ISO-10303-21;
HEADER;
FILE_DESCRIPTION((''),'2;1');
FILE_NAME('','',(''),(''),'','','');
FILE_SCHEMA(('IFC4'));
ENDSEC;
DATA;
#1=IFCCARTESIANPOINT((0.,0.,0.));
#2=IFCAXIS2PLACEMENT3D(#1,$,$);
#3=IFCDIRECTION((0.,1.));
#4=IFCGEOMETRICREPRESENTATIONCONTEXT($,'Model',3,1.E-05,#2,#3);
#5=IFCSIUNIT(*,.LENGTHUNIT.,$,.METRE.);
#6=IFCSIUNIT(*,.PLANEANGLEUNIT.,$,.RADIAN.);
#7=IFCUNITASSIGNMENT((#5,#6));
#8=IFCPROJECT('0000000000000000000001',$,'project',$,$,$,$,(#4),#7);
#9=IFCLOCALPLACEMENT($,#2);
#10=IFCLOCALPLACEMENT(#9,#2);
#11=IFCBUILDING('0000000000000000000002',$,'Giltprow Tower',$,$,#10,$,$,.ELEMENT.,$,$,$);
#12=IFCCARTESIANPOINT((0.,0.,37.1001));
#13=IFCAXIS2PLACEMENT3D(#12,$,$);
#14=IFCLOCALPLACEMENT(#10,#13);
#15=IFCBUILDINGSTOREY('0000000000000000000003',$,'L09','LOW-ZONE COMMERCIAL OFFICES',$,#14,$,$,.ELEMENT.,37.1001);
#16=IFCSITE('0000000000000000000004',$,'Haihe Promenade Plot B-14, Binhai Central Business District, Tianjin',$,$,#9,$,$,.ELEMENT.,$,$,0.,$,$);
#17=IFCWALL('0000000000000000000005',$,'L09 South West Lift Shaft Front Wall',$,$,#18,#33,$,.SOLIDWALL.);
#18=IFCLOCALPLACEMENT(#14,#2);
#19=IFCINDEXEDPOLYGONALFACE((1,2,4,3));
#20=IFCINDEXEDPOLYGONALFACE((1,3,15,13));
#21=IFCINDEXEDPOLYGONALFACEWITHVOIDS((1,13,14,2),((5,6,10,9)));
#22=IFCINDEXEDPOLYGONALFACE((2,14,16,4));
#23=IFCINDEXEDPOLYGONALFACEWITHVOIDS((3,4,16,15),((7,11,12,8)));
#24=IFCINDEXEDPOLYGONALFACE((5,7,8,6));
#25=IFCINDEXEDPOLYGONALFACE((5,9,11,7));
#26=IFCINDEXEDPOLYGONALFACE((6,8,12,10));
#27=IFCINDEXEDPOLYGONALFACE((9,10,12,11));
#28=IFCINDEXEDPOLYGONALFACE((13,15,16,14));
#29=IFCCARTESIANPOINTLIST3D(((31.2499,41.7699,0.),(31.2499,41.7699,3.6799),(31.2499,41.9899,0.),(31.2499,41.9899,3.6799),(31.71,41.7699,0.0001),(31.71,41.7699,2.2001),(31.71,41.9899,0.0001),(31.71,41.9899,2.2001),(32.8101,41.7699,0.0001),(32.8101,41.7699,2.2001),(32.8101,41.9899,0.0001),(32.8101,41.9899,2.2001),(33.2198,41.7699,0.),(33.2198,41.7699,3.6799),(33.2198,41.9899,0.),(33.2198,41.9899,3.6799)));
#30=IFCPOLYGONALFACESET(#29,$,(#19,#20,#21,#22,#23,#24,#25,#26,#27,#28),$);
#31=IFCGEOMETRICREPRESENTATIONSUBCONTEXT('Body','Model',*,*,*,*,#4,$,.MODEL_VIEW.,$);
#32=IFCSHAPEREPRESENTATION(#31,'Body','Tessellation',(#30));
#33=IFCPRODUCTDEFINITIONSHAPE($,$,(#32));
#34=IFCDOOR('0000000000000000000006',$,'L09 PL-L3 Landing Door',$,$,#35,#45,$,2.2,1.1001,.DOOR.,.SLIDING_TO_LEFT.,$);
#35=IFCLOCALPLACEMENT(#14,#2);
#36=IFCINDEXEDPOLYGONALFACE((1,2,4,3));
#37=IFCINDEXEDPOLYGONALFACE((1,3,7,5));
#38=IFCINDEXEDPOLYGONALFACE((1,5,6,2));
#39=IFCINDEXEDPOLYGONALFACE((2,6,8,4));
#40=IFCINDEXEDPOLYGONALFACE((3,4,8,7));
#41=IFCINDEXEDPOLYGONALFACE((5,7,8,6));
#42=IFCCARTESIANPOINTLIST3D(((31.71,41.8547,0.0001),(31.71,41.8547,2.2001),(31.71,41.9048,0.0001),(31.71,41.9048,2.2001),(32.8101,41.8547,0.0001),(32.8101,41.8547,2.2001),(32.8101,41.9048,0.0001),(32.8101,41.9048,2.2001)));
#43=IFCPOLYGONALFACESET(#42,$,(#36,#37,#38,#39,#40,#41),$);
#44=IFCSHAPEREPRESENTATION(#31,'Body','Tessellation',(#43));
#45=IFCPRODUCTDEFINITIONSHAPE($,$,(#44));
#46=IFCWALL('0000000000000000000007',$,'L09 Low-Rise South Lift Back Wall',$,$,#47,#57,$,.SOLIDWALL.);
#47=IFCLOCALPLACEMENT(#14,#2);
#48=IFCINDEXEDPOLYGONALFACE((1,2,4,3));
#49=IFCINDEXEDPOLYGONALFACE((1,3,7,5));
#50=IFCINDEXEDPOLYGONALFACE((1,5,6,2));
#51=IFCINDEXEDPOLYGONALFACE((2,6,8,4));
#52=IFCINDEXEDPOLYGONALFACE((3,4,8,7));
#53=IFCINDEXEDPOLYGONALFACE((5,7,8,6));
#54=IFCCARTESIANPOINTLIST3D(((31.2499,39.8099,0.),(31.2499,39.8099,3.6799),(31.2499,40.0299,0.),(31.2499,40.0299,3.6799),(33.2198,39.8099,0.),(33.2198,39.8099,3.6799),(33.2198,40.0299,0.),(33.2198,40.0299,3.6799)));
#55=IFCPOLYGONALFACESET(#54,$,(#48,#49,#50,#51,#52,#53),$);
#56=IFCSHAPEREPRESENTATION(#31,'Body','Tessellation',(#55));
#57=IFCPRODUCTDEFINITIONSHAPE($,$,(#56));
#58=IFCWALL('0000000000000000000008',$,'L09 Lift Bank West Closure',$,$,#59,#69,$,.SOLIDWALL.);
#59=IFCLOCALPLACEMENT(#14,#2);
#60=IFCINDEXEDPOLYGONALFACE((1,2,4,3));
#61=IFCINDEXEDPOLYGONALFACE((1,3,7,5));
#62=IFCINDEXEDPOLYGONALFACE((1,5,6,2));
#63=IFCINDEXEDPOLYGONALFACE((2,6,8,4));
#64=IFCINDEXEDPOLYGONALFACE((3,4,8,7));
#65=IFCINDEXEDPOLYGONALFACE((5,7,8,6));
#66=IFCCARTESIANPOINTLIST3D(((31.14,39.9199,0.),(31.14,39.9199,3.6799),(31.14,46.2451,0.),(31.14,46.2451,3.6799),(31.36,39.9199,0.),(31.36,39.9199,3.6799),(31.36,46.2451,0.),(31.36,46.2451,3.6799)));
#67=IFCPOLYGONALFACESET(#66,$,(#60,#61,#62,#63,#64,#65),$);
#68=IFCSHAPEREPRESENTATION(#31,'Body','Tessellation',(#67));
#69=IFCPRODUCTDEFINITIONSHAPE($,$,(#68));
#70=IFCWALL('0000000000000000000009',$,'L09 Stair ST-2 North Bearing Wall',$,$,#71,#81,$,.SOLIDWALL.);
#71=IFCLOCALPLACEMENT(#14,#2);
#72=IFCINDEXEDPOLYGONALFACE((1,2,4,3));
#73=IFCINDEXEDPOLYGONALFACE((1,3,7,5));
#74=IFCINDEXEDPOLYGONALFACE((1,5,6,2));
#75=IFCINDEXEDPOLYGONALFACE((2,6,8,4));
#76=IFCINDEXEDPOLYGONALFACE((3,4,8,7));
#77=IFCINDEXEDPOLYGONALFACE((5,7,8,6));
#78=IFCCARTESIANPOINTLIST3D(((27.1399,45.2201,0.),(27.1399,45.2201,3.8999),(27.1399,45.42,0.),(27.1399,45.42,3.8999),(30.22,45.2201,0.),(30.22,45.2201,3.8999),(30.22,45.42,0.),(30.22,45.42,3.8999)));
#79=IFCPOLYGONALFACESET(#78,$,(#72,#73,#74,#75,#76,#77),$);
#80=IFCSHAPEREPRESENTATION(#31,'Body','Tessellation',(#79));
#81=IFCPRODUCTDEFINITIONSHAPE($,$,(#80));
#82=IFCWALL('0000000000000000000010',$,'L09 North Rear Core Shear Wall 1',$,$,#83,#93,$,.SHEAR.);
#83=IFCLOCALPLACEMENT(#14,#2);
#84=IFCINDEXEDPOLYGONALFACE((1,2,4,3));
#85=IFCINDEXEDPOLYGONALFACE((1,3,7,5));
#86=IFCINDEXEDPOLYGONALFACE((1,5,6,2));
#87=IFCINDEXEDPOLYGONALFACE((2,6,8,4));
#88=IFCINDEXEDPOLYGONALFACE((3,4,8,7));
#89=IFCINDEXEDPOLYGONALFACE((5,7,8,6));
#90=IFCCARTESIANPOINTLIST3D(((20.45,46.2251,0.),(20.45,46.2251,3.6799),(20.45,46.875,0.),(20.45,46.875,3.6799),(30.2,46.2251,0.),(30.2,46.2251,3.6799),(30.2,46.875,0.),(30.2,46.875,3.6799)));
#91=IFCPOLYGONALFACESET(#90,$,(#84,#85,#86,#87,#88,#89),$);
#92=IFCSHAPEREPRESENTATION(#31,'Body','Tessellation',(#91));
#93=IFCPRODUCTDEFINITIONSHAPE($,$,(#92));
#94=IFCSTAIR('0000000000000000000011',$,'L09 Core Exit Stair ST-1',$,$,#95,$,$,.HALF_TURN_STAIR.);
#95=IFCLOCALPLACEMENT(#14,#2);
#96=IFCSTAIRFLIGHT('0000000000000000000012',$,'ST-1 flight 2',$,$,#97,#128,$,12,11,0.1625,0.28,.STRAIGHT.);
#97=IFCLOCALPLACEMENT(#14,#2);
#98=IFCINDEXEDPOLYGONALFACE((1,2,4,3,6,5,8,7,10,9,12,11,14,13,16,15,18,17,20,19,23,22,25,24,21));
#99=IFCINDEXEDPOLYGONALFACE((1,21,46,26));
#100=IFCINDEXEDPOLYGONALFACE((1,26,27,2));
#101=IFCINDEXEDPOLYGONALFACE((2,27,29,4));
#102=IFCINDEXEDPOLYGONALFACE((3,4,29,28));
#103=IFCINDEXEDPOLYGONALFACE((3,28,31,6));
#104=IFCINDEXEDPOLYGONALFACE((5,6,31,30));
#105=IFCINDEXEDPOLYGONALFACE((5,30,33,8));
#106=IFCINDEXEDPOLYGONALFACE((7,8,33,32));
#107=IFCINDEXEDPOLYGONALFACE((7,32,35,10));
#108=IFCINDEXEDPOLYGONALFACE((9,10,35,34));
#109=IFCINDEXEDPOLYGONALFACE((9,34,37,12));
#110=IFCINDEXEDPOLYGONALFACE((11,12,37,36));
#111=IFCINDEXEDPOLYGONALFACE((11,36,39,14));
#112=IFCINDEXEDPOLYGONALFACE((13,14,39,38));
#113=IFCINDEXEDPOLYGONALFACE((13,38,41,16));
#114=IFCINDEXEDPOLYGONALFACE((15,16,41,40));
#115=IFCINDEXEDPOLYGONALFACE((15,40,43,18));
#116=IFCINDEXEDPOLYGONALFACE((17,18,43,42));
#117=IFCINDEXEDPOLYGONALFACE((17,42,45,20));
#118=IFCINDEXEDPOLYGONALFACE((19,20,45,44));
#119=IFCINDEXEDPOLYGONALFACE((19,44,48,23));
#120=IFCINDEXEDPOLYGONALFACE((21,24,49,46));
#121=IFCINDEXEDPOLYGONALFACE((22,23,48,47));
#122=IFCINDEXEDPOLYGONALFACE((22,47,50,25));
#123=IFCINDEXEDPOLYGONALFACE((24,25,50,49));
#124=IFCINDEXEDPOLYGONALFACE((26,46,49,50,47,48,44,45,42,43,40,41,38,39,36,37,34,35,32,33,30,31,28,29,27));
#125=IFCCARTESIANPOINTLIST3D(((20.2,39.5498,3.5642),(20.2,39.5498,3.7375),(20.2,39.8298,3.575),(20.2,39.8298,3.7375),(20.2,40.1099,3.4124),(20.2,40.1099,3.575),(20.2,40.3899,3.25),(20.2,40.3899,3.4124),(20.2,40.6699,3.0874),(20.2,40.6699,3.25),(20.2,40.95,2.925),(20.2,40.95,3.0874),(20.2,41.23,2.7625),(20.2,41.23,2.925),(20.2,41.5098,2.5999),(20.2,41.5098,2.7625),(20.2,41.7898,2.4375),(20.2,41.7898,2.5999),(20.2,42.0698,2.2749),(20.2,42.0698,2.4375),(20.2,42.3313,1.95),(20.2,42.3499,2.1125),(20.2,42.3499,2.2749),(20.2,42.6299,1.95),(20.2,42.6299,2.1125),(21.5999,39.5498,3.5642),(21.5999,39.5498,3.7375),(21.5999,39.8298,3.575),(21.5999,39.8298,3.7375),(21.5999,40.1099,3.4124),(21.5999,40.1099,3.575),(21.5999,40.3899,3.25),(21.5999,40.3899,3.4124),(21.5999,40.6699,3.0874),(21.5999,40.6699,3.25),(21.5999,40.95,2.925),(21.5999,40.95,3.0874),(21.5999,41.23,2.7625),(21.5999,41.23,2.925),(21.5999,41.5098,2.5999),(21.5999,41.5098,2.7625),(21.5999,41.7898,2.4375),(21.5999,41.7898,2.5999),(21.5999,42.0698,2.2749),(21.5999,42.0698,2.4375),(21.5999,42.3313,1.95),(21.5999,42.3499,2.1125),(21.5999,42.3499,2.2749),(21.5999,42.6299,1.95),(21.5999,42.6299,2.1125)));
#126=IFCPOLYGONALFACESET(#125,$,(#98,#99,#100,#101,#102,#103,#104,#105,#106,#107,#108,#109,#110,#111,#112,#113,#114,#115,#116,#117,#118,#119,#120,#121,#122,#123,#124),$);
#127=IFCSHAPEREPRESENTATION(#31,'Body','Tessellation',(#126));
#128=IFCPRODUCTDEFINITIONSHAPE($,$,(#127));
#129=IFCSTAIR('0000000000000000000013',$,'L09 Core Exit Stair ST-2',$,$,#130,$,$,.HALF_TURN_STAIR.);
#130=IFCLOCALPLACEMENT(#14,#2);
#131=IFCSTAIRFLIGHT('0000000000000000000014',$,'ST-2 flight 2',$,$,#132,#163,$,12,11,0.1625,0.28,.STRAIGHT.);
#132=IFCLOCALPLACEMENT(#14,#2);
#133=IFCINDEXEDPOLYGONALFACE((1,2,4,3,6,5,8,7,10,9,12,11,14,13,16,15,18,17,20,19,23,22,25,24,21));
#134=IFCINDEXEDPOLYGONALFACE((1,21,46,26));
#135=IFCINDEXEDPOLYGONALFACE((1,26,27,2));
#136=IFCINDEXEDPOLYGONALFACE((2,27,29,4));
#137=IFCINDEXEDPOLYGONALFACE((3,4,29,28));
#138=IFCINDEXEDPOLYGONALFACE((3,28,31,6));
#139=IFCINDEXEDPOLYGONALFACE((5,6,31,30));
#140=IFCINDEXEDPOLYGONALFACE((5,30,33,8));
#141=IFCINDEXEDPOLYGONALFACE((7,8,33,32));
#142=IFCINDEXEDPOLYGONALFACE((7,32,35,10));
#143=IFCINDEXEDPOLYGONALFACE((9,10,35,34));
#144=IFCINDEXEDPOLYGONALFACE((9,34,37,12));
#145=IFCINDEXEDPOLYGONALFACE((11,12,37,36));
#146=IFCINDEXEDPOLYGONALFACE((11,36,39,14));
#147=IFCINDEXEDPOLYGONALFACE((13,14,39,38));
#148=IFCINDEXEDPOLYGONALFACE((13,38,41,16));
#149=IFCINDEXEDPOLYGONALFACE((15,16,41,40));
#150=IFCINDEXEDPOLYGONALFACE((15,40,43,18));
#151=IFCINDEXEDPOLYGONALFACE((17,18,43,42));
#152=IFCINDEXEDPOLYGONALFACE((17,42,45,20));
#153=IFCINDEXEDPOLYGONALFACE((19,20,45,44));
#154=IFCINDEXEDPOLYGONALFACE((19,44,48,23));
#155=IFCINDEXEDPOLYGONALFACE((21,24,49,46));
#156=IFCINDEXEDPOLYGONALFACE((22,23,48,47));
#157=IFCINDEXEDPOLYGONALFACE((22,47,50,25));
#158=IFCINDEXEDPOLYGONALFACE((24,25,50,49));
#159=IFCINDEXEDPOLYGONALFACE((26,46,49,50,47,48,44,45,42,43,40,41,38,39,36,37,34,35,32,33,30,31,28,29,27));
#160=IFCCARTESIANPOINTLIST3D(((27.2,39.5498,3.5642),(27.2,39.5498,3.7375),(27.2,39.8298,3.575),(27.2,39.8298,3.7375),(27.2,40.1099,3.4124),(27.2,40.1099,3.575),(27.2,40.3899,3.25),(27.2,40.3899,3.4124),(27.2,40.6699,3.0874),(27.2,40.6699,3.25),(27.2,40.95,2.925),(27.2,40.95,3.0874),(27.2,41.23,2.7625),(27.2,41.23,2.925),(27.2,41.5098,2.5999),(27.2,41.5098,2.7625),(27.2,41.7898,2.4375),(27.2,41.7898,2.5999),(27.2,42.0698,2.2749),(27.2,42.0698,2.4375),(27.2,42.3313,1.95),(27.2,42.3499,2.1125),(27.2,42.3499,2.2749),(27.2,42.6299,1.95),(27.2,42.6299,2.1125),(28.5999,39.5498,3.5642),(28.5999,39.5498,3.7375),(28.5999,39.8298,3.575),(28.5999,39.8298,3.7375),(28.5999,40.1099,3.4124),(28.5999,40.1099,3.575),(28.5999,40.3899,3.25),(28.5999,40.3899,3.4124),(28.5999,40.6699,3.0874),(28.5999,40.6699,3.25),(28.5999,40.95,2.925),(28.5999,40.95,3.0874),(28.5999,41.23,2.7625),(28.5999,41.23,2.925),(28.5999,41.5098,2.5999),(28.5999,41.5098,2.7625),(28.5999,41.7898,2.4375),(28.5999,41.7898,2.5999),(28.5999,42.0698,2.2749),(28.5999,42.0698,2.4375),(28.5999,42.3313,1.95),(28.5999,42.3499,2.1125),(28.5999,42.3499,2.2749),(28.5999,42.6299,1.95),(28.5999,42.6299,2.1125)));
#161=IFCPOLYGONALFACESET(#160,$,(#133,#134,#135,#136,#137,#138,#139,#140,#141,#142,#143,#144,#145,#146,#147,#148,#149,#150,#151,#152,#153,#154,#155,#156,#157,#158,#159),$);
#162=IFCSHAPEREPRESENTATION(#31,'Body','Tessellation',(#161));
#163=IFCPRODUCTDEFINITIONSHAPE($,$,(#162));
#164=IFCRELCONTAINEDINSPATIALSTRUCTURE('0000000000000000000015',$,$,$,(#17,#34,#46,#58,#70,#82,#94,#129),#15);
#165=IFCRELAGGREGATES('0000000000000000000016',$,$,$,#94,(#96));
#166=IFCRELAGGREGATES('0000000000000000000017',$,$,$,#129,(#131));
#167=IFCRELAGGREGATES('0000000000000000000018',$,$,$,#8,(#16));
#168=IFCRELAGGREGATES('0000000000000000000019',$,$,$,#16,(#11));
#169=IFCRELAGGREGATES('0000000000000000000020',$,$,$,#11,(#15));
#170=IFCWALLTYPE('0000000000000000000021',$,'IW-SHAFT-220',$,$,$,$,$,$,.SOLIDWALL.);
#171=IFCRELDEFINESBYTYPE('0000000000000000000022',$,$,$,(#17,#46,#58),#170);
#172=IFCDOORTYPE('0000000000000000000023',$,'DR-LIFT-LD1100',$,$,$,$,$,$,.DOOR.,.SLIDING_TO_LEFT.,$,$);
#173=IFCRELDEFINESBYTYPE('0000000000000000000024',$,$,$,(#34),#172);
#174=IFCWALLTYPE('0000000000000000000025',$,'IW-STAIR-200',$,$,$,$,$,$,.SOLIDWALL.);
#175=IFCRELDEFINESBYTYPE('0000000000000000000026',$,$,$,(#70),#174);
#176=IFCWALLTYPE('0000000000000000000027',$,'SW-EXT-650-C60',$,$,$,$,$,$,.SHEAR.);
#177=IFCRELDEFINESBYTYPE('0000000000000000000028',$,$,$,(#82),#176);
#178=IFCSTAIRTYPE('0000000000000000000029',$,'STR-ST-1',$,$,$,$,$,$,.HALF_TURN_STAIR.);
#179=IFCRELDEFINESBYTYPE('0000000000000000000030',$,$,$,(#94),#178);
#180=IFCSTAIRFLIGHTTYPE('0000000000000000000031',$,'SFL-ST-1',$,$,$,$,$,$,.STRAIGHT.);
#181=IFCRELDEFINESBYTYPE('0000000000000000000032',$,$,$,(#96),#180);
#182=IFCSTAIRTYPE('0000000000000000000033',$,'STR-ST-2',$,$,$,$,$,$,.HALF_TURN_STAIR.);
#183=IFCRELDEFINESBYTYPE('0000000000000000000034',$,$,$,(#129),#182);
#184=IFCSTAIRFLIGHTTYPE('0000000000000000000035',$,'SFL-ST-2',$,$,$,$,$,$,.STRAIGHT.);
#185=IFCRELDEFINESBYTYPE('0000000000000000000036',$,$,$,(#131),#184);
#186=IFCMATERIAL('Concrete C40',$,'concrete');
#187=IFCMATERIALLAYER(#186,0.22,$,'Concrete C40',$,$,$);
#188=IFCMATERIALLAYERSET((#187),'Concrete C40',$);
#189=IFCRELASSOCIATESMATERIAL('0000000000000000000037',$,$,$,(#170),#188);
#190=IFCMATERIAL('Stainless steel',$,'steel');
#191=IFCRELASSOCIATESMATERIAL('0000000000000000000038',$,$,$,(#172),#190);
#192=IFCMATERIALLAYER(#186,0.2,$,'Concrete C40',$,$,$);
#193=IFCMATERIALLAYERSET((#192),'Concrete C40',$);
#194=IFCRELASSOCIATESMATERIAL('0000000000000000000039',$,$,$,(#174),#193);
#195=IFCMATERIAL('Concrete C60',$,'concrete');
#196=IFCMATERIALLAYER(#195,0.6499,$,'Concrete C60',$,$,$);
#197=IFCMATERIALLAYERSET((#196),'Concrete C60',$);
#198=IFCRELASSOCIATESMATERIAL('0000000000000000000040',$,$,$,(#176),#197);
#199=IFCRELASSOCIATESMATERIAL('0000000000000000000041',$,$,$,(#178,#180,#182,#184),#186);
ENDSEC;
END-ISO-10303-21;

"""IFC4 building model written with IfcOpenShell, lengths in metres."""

from ifc_helpers import new_model, si_unit, direction, frame, frame_2d, origin, place, context, subcontext, project, spatial, polyline, rectangle, outline, extrude, source, transform, mapped, material, layer, layer_set, type_object, element, fill, aggregate, save


model = new_model("IFC4")

# Units and contexts
model_context = context("Model", 3, precision=1e-05, world=origin(), true_north=direction((0.0, 1.0)))
body_context = subcontext(model_context, "Body", "Model", "MODEL_VIEW")
ifc_project = project(units=[si_unit("LENGTHUNIT", "METRE"), si_unit("PLANEANGLEUNIT", "RADIAN")], contexts=[model_context])

# Site, building, storey
site_placement = place(None, origin())
site = spatial("IfcSite", under=ifc_project, at=site_placement, Name="Haihe Promenade Plot B-14, Binhai Central Business District, Tianjin", CompositionType="ELEMENT", RefElevation=0.0)
building_placement = place(site_placement, origin())
building = spatial("IfcBuilding", under=site, at=building_placement, Name="Giltprow Tower", CompositionType="ELEMENT")
storey_placement = place(building_placement, frame((0.0, 0.0, 37.1001)))
storey = spatial("IfcBuildingStorey", under=building, at=storey_placement, Name="L09", Description="LOW-ZONE COMMERCIAL OFFICES", CompositionType="ELEMENT", Elevation=37.1001)

# Shared definitions
ifc_material_1 = material(Name="Concrete C60", Category="concrete")

# Shared definitions
ifc_material_2 = material(Name="Concrete C40", Category="concrete")
ifc_layer_1 = layer(ifc_material_2, 0.22, Name="Concrete C40")
ifc_layer_set_1 = layer_set([ifc_layer_1], Name="Concrete C40")
wall_type_1 = type_object("IfcWallType", Name="IW-SHAFT-220", PredefinedType="SOLIDWALL", material=ifc_layer_set_1)
ifc_material_3 = material(Name="Stainless steel", Category="steel")
door_type = type_object("IfcDoorType", Name="DR-LIFT-LD1100", OperationType="SLIDING_TO_LEFT", PredefinedType="DOOR", material=ifc_material_3)
shared_shape_1 = source(origin(), body_context, "Body", "SweptSolid", [
    extrude(rectangle(XDim=1.1001, YDim=2.2, at=frame_2d((0.55, 1.1001))), frame((0.0, 0.0249, 0.0), z_axis=(0.0, -1.0, 0.0), x_axis=(1.0, 0.0, 0.0)), (0.0, 0.0, 1.0), 0.05),
])

# Wall, opening, door
wall_1_placement = place(storey_placement, frame((31.25, 41.8799, 0.0), z_axis=(0.0, 0.0, 1.0), x_axis=(1.0, 0.0, 0.0)))
wall_1 = element("IfcWall", 1, at=wall_1_placement, inside=storey, type_object=wall_type_1, Name="L09 South West Lift Shaft Front Wall", PredefinedType="SOLIDWALL", context=body_context, shape_type="SweptSolid", body=[
    extrude(rectangle(XDim=1.97, YDim=0.22, at=frame_2d((0.9849, 0.0))), origin(), (0.0, 0.0, 1.0), 3.6799),
])
opening_1_placement = place(wall_1_placement, frame((0.46, 0.0, 0.0)))
opening_1 = element("IfcOpeningElement", 2, at=opening_1_placement, cuts=wall_1, PredefinedType="OPENING", context=body_context, shape_type="SweptSolid", body=[
    extrude(rectangle(XDim=1.1001, YDim=2.2, at=frame_2d((0.55, 1.1001))), frame((0.0, 0.1199, 0.0), z_axis=(0.0, -1.0, 0.0), x_axis=(1.0, 0.0, 0.0)), (0.0, 0.0, 1.0), 0.24),
])
door_1_placement = place(opening_1_placement, origin())
door_1 = element("IfcDoor", 3, at=door_1_placement, inside=storey, type_object=door_type, Name="L09 PL-L3 Landing Door", OperationType="SLIDING_TO_LEFT", OverallHeight=2.2, OverallWidth=1.1001, PredefinedType="DOOR", context=body_context, shape_type="MappedRepresentation", body=[
    mapped(shared_shape_1, transform((0.0, 0.0, 0.0), x_axis=(1.0, 0.0, 0.0), y_axis=(0.0, 1.0, 0.0), z_axis=(0.0, 0.0, 1.0), scale=1.0)),
])
fill(opening_1, door_1)

# Walls
wall_2_placement = place(storey_placement, frame((31.25, 39.9199, 0.0), z_axis=(0.0, 0.0, 1.0), x_axis=(1.0, 0.0, 0.0)))
element("IfcWall", 4, at=wall_2_placement, inside=storey, type_object=wall_type_1, Name="L09 Low-Rise South Lift Back Wall", PredefinedType="SOLIDWALL", context=body_context, shape_type="SweptSolid", body=[
    extrude(rectangle(XDim=1.97, YDim=0.22, at=frame_2d((0.9849, 0.0))), origin(), (0.0, 0.0, 1.0), 3.6799),
])
wall_3_placement = place(storey_placement, frame((31.25, 39.9199, 0.0), z_axis=(0.0, 0.0, 1.0), x_axis=(0.0, 1.0, 0.0)))
element("IfcWall", 5, at=wall_3_placement, inside=storey, type_object=wall_type_1, Name="L09 Lift Bank West Closure", PredefinedType="SOLIDWALL", context=body_context, shape_type="SweptSolid", body=[
    extrude(rectangle(XDim=6.3252, YDim=0.22, at=frame_2d((3.1626, 0.0))), origin(), (0.0, 0.0, 1.0), 3.6799),
])
ifc_layer_2 = layer(ifc_material_2, 0.2, Name="Concrete C40")
ifc_layer_set_2 = layer_set([ifc_layer_2], Name="Concrete C40")
wall_type_2 = type_object("IfcWallType", Name="IW-STAIR-200", PredefinedType="SOLIDWALL", material=ifc_layer_set_2)
wall_4_placement = place(storey_placement, frame((27.1399, 45.3201, 0.0), z_axis=(0.0, 0.0, 1.0), x_axis=(1.0, 0.0, 0.0)))
element("IfcWall", 6, at=wall_4_placement, inside=storey, type_object=wall_type_2, Name="L09 Stair ST-2 North Bearing Wall", PredefinedType="SOLIDWALL", context=body_context, shape_type="SweptSolid", body=[
    extrude(rectangle(XDim=3.0801, YDim=0.2, at=frame_2d((1.54, 0.0))), origin(), (0.0, 0.0, 1.0), 3.8999),
])
ifc_layer_3 = layer(ifc_material_1, 0.6499, Name="Concrete C60")
ifc_layer_set_3 = layer_set([ifc_layer_3], Name="Concrete C60")
wall_type_3 = type_object("IfcWallType", Name="SW-EXT-650-C60", PredefinedType="SHEAR", material=ifc_layer_set_3)
wall_5_placement = place(storey_placement, frame((20.45, 46.55, 0.0), z_axis=(0.0, 0.0, 1.0), x_axis=(1.0, 0.0, 0.0)))
element("IfcWall", 7, at=wall_5_placement, inside=storey, type_object=wall_type_3, Name="L09 North Rear Core Shear Wall 1", PredefinedType="SHEAR", context=body_context, shape_type="SweptSolid", body=[
    extrude(rectangle(XDim=9.75, YDim=0.6499, at=frame_2d((4.875, 0.0))), origin(), (0.0, 0.0, 1.0), 3.6799),
])

# Stairs, stair flights
stair_type_1 = type_object("IfcStairType", Name="STR-ST-1", PredefinedType="HALF_TURN_STAIR", material=ifc_material_2)
stair_1_placement = place(storey_placement, origin())
stair_1 = element("IfcStair", 8, at=stair_1_placement, inside=storey, type_object=stair_type_1, Name="L09 Core Exit Stair ST-1", PredefinedType="HALF_TURN_STAIR")
stair_flight_type_1 = type_object("IfcStairFlightType", Name="SFL-ST-1", PredefinedType="STRAIGHT", material=ifc_material_2)
stair_flight_1_placement = place(storey_placement, frame((20.8999, 42.6299, 1.95), z_axis=(0.0, 0.0, 1.0), x_axis=(0.0, -1.0, 0.0)))
stair_flight_1 = element("IfcStairFlight", 9, at=stair_flight_1_placement, type_object=stair_flight_type_1, Name="ST-1 flight 2", NumberOfRisers=12, NumberOfTreads=11, PredefinedType="STRAIGHT", RiserHeight=0.1625, TreadLength=0.28, context=body_context, shape_type="SweptSolid", body=[
    extrude(outline(polyline([(0.0, 0.0), (0.0, 0.1626), (0.28, 0.1626), (0.28, 0.325), (0.5601, 0.325), (0.5601, 0.4875), (0.8401, 0.4875), (0.8401, 0.6499), (1.1201, 0.6499), (1.1201, 0.8125), (1.3999, 0.8125), (1.3999, 0.9751), (1.6799, 0.9751), (1.6799, 1.1375), (1.96, 1.1375), (1.96, 1.3), (2.24, 1.3), (2.24, 1.4624), (2.52, 1.4624), (2.52, 1.625), (2.8, 1.625), (2.8, 1.7876), (3.0801, 1.7876), (3.0801, 1.95), (3.0801, 1.6143), (0.2986, 0.0), (0.0, 0.0)])), frame((0.0, 0.7, 0.0), z_axis=(0.0, -1.0, 0.0), x_axis=(1.0, 0.0, 0.0)), (0.0, 0.0, 1.0), 1.3999),
])
aggregate(stair_1, [stair_flight_1])
stair_type_2 = type_object("IfcStairType", Name="STR-ST-2", PredefinedType="HALF_TURN_STAIR", material=ifc_material_2)
stair_2_placement = place(storey_placement, origin())
stair_2 = element("IfcStair", 10, at=stair_2_placement, inside=storey, type_object=stair_type_2, Name="L09 Core Exit Stair ST-2", PredefinedType="HALF_TURN_STAIR")
stair_flight_type_2 = type_object("IfcStairFlightType", Name="SFL-ST-2", PredefinedType="STRAIGHT", material=ifc_material_2)
stair_flight_2_placement = place(storey_placement, frame((27.8999, 42.6299, 1.95), z_axis=(0.0, 0.0, 1.0), x_axis=(0.0, -1.0, 0.0)))
stair_flight_2 = element("IfcStairFlight", 11, at=stair_flight_2_placement, type_object=stair_flight_type_2, Name="ST-2 flight 2", NumberOfRisers=12, NumberOfTreads=11, PredefinedType="STRAIGHT", RiserHeight=0.1625, TreadLength=0.28, context=body_context, shape_type="SweptSolid", body=[
    extrude(outline(polyline([(0.0, 0.0), (0.0, 0.1626), (0.28, 0.1626), (0.28, 0.325), (0.5601, 0.325), (0.5601, 0.4875), (0.8401, 0.4875), (0.8401, 0.6499), (1.1201, 0.6499), (1.1201, 0.8125), (1.3999, 0.8125), (1.3999, 0.9751), (1.6799, 0.9751), (1.6799, 1.1375), (1.96, 1.1375), (1.96, 1.3), (2.24, 1.3), (2.24, 1.4624), (2.52, 1.4624), (2.52, 1.625), (2.8, 1.625), (2.8, 1.7876), (3.0801, 1.7876), (3.0801, 1.95), (3.0801, 1.6143), (0.2986, 0.0), (0.0, 0.0)])), frame((0.0, 0.7, 0.0), z_axis=(0.0, -1.0, 0.0), x_axis=(1.0, 0.0, 0.0)), (0.0, 0.0, 1.0), 1.3999),
])
aggregate(stair_2, [stair_flight_2])

save(model, "model.ifc")
